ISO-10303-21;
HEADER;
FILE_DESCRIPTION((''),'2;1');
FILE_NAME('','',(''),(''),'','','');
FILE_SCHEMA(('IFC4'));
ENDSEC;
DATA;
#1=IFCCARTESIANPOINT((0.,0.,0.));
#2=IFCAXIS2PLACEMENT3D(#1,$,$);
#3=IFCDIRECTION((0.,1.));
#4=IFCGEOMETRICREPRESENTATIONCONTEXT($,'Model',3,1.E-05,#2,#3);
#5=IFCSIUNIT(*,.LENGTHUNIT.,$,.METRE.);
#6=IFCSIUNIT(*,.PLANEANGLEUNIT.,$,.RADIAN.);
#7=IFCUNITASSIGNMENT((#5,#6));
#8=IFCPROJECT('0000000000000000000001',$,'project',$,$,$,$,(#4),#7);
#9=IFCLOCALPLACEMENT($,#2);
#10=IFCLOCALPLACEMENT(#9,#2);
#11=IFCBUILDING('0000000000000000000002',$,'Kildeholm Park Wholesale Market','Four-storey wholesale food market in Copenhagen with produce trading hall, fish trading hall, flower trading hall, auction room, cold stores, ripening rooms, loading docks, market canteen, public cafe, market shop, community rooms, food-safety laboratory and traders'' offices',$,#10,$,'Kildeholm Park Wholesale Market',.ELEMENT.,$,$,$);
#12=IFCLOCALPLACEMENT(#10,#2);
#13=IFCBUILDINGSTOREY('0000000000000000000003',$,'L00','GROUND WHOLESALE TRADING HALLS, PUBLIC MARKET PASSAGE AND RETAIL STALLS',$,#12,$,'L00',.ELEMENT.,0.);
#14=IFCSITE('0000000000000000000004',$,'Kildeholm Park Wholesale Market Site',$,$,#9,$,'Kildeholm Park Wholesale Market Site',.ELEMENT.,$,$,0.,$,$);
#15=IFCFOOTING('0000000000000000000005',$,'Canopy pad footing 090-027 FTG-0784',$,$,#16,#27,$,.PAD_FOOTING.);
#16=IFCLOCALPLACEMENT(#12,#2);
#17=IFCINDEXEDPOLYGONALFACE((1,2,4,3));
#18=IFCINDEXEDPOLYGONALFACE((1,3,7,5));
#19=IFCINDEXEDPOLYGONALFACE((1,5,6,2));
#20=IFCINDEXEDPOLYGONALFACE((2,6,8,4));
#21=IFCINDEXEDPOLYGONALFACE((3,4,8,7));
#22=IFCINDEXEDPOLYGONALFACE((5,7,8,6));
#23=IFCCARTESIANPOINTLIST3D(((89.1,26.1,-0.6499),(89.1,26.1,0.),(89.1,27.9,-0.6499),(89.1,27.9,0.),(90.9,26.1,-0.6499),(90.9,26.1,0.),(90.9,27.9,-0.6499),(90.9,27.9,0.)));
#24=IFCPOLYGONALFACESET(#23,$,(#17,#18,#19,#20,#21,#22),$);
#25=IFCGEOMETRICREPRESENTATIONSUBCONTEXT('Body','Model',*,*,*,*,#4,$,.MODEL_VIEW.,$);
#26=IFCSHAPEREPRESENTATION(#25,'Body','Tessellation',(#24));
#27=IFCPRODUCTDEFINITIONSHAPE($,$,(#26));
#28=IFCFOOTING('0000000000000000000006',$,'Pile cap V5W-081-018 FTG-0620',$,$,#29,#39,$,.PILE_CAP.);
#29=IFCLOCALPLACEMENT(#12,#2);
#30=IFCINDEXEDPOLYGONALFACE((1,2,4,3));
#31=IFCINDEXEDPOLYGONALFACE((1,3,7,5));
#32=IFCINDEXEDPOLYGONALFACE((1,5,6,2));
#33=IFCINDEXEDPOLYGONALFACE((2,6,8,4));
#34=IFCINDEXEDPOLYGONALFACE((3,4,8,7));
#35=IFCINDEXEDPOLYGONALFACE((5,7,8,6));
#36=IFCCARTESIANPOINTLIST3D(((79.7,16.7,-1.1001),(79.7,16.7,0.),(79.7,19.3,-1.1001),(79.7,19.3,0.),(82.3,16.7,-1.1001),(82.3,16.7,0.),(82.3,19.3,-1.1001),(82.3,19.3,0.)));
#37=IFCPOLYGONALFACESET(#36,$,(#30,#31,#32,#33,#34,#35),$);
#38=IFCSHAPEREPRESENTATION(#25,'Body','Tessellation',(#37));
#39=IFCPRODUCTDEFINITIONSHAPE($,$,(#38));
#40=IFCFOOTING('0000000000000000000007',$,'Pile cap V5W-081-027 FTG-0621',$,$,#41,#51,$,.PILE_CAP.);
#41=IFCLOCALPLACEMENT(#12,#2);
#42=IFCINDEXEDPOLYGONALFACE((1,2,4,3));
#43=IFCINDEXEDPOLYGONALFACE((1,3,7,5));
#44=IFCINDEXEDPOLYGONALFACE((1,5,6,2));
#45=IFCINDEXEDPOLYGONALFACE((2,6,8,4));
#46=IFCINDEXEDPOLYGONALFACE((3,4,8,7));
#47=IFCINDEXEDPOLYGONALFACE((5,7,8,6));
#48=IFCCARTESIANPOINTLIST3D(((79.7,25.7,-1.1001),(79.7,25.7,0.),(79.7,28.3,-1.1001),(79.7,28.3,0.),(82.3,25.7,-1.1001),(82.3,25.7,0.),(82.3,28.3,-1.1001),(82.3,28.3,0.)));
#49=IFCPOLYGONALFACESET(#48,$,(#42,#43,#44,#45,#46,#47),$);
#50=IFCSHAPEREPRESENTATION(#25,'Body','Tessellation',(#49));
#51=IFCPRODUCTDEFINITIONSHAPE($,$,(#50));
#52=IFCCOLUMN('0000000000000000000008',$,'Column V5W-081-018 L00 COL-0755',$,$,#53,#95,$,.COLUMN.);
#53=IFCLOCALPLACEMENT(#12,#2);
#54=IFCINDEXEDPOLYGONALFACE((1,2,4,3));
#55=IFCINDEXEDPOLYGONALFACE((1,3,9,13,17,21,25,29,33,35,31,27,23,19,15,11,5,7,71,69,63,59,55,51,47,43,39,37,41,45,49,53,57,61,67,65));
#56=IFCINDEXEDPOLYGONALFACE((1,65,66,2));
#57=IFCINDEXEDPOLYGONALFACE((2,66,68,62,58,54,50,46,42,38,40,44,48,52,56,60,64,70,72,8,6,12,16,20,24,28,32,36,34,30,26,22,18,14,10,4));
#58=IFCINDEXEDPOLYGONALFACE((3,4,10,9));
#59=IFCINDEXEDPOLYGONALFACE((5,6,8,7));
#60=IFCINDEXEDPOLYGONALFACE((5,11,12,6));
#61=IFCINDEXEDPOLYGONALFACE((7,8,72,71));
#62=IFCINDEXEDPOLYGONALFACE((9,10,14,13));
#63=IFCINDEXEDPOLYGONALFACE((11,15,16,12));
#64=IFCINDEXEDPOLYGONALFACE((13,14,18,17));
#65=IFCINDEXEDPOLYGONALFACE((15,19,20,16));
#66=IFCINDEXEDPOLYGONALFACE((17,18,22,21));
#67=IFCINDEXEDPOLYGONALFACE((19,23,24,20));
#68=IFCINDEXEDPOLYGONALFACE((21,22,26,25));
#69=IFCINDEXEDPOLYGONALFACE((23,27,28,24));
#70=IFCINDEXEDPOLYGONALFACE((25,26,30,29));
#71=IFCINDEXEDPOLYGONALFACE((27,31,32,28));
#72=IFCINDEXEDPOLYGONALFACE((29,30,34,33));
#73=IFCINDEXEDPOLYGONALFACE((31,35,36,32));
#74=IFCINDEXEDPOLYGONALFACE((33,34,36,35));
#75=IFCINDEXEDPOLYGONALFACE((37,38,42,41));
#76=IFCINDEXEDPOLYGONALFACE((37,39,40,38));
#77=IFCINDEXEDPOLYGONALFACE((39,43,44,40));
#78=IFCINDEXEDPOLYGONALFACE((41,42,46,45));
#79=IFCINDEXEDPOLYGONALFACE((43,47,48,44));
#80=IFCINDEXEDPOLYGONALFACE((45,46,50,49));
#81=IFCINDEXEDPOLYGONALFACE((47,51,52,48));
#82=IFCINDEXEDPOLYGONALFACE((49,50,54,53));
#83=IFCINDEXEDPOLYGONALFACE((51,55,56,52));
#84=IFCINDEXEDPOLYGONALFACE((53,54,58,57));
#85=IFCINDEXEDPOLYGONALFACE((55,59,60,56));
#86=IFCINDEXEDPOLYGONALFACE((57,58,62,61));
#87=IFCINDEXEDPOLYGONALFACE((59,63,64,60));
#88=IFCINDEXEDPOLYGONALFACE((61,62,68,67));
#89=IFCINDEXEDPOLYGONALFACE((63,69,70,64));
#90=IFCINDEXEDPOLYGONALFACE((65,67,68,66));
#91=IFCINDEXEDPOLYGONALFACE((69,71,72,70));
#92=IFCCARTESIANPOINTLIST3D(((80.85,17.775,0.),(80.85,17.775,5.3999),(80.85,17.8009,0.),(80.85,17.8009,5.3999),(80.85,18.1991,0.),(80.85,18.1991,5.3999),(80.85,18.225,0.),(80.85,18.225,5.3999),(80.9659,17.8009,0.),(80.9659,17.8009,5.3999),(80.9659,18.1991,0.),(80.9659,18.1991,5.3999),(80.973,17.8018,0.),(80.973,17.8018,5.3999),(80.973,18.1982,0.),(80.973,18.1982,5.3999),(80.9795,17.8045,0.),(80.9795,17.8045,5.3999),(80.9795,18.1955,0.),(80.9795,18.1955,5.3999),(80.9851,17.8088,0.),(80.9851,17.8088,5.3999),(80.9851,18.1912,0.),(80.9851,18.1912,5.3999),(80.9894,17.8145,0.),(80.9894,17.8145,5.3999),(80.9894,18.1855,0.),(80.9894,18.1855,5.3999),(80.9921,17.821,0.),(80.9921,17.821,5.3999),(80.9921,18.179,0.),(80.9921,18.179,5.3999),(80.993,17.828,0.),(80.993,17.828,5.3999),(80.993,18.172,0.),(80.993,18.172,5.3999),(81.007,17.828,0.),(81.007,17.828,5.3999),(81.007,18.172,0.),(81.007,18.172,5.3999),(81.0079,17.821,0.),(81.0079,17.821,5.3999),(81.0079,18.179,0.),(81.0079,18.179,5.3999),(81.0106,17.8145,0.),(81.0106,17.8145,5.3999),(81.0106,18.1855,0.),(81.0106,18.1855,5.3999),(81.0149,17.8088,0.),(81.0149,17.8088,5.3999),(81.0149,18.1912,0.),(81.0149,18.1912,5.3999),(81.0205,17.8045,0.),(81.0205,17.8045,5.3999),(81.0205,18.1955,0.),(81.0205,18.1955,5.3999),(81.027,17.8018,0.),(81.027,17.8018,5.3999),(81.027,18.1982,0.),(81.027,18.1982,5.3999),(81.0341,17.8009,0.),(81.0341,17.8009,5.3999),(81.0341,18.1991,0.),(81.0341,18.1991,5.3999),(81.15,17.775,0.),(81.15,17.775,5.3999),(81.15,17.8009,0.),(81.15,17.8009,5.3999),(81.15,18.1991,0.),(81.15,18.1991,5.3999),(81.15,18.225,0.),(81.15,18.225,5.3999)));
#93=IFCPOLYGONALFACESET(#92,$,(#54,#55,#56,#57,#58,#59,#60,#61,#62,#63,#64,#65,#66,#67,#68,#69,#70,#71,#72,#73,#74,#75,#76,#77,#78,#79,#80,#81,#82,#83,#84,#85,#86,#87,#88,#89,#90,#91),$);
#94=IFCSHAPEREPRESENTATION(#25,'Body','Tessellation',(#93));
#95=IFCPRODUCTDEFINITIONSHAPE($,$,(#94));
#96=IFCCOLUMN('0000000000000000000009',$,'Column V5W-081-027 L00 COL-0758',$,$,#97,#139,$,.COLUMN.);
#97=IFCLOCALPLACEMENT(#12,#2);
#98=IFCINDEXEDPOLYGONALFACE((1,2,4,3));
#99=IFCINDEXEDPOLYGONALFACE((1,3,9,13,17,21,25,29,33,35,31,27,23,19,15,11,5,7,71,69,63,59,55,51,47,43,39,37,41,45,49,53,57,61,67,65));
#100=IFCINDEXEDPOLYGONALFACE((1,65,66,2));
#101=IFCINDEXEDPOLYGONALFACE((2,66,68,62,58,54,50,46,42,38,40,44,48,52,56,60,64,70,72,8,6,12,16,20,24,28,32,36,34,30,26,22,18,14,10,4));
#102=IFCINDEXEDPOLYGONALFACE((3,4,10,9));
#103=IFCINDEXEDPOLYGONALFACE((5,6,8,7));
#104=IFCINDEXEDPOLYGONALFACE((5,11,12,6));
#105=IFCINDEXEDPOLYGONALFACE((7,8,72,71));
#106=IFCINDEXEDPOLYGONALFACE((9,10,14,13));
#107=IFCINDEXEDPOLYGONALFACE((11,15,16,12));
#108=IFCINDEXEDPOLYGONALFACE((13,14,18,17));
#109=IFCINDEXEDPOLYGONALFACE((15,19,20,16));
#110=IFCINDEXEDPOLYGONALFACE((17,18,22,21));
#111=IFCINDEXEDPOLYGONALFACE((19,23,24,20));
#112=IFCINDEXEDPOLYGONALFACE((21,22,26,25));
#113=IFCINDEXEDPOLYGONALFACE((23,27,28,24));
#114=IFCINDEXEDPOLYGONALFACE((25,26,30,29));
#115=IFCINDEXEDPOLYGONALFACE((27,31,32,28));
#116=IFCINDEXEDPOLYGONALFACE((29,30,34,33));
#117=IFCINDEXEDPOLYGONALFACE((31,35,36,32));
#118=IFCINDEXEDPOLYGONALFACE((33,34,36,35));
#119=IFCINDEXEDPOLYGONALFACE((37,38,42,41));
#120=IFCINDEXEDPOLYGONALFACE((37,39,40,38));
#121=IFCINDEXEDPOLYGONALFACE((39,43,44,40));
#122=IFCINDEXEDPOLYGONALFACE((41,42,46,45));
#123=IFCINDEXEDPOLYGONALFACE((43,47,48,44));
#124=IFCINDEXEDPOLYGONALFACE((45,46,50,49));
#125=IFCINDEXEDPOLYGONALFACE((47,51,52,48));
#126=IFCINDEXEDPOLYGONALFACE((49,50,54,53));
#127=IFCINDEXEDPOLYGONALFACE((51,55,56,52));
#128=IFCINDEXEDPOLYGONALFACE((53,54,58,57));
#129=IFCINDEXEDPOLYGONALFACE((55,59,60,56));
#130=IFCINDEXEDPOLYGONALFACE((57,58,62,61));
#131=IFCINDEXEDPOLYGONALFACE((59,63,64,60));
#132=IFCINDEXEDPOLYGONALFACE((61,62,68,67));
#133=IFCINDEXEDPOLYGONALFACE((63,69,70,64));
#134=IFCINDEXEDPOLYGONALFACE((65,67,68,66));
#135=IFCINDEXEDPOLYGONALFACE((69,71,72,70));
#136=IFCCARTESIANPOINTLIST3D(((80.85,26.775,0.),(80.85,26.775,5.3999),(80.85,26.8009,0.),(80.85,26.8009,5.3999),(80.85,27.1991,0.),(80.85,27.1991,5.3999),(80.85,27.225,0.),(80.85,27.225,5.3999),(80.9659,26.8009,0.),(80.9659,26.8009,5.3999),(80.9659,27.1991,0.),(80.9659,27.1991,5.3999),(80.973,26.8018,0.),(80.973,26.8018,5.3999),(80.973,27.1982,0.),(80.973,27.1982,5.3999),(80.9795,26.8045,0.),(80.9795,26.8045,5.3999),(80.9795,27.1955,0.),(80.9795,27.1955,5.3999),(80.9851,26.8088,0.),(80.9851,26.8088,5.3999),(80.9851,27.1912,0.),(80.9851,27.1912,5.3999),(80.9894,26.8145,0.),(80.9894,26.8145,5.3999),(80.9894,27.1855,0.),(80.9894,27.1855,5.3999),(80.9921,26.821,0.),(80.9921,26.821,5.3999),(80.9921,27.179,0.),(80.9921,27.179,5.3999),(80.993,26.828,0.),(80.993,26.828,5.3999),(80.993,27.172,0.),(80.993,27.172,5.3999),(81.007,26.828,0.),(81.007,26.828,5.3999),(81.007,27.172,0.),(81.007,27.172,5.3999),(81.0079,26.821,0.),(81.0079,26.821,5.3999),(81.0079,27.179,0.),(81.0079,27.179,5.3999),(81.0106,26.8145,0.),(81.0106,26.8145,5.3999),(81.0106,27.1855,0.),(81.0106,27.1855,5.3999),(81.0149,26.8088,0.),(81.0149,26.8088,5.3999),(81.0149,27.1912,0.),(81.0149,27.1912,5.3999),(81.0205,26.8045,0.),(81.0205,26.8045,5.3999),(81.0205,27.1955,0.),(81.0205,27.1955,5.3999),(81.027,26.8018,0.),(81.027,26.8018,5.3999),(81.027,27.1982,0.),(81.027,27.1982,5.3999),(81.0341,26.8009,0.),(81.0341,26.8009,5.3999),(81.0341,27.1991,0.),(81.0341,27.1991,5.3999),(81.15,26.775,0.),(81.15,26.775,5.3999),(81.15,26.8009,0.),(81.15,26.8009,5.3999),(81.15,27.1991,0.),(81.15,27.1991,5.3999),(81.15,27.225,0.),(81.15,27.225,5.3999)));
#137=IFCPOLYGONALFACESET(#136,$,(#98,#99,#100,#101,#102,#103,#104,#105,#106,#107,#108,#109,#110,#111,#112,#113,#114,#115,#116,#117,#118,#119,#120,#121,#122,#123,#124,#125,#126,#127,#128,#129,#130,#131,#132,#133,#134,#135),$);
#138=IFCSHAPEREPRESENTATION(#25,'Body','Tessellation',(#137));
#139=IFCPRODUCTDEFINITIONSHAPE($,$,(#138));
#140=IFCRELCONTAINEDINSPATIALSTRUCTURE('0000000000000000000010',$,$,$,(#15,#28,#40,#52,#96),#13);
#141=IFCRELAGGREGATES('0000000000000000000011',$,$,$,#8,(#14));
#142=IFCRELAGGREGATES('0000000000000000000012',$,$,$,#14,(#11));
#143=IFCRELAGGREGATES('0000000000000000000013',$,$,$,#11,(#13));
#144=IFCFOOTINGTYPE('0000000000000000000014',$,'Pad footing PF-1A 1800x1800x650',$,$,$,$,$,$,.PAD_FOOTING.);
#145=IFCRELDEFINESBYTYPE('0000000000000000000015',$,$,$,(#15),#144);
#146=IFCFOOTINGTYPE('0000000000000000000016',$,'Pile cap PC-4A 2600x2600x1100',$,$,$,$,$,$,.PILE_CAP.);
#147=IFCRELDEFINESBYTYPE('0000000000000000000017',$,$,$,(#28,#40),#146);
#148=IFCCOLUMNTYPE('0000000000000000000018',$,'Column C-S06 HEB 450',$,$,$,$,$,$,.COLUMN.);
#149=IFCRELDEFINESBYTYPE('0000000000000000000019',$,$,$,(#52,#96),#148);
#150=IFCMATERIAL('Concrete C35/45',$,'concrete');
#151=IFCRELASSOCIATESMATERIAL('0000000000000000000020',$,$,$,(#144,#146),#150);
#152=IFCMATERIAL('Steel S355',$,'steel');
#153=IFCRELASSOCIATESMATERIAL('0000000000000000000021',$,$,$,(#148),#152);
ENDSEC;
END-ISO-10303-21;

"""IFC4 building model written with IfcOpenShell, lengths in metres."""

from ifc_helpers import new_model, si_unit, direction, frame, origin, origin_2d, place, context, subcontext, project, spatial, rectangle, i_section, extrude, material, material_profile, profile_set, type_object, element, save


model = new_model("IFC4")

# Units and contexts
model_context = context("Model", 3, precision=1e-05, world=origin(), true_north=direction((0.0, 1.0)))
body_context = subcontext(model_context, "Body", "Model", "MODEL_VIEW")
ifc_project = project(units=[si_unit("LENGTHUNIT", "METRE"), si_unit("PLANEANGLEUNIT", "RADIAN")], contexts=[model_context])

# Site, building, storey
site_placement = place(None, origin())
site = spatial("IfcSite", under=ifc_project, at=site_placement, Name="Kildeholm Park Wholesale Market Site", LongName="Kildeholm Park Wholesale Market Site", CompositionType="ELEMENT", RefElevation=0.0)
building_placement = place(site_placement, origin())
building = spatial("IfcBuilding", under=site, at=building_placement, Name="Kildeholm Park Wholesale Market", Description="Four-storey wholesale food market in Copenhagen with produce trading hall, fish trading hall, flower trading hall, auction room, cold stores, ripening rooms, loading docks, market canteen, public cafe, market shop, community rooms, food-safety laboratory and traders' offices", LongName="Kildeholm Park Wholesale Market", CompositionType="ELEMENT")
storey_placement = place(building_placement, origin())
storey = spatial("IfcBuildingStorey", under=building, at=storey_placement, Name="L00", Description="GROUND WHOLESALE TRADING HALLS, PUBLIC MARKET PASSAGE AND RETAIL STALLS", LongName="L00", CompositionType="ELEMENT", Elevation=0.0)

# Shared definitions
ifc_material_1 = material(Name="Concrete C35/45", Category="concrete")

# Footings
footing_type_1 = type_object("IfcFootingType", Name="Pad footing PF-1A 1800x1800x650", PredefinedType="PAD_FOOTING", material=ifc_material_1)
footing_1_placement = place(storey_placement, frame((90.0, 27.0, -0.6499), z_axis=(0.0, 0.0, 1.0), x_axis=(1.0, 0.0, 0.0)))
element("IfcFooting", 1, at=footing_1_placement, inside=storey, type_object=footing_type_1, Name="Canopy pad footing 090-027 FTG-0784", PredefinedType="PAD_FOOTING", context=body_context, shape_type="SweptSolid", body=[
    extrude(rectangle(XDim=1.8, YDim=1.8, at=origin_2d()), origin(), (0.0, 0.0, 1.0), 0.6499),
])
footing_type_2 = type_object("IfcFootingType", Name="Pile cap PC-4A 2600x2600x1100", PredefinedType="PILE_CAP", material=ifc_material_1)
for number, where, z_axis, x_axis, name in (
    (2, (81.0, 18.0, -1.1001), (0.0, 0.0, 1.0), (1.0, 0.0, 0.0), "Pile cap V5W-081-018 FTG-0620"),
    (3, (81.0, 27.0, -1.1001), (0.0, 0.0, 1.0), (1.0, 0.0, 0.0), "Pile cap V5W-081-027 FTG-0621"),
):
    element("IfcFooting", number, at=place(storey_placement, frame(where, z_axis=z_axis, x_axis=x_axis)), inside=storey, type_object=footing_type_2, Name=name, PredefinedType="PILE_CAP", context=body_context, shape_type="SweptSolid", body=[
        extrude(rectangle(XDim=2.6001, YDim=2.6001, at=origin_2d()), origin(), (0.0, 0.0, 1.0), 1.1001),
    ])

# Columns
ifc_material_2 = material(Name="Steel S355", Category="steel")
ifc_material_profile_1 = material_profile(ifc_material_2, i_section(OverallWidth=0.3, OverallDepth=0.45, WebThickness=0.0139, FlangeThickness=0.0259, FilletRadius=0.0271, at=origin_2d()), Name="HEB 450")
ifc_profile_set_1 = profile_set([ifc_material_profile_1], Name="Steel S355")
column_type_1 = type_object("IfcColumnType", Name="Column C-S06 HEB 450", PredefinedType="COLUMN", material=ifc_profile_set_1)
for number, where, z_axis, x_axis, name in (
    (4, (81.0, 18.0, 0.0), (0.0, 0.0, 1.0), (1.0, 0.0, 0.0), "Column V5W-081-018 L00 COL-0755"),
    (5, (81.0, 27.0, 0.0), (0.0, 0.0, 1.0), (1.0, 0.0, 0.0), "Column V5W-081-027 L00 COL-0758"),
):
    element("IfcColumn", number, at=place(storey_placement, frame(where, z_axis=z_axis, x_axis=x_axis)), inside=storey, type_object=column_type_1, Name=name, PredefinedType="COLUMN", context=body_context, shape_type="SweptSolid", body=[
        extrude(i_section(OverallWidth=0.3, OverallDepth=0.45, WebThickness=0.0139, FlangeThickness=0.0259, FilletRadius=0.0271, at=origin_2d()), origin(), (0.0, 0.0, 1.0), 5.3999),
    ])

save(model, "model.ifc")
